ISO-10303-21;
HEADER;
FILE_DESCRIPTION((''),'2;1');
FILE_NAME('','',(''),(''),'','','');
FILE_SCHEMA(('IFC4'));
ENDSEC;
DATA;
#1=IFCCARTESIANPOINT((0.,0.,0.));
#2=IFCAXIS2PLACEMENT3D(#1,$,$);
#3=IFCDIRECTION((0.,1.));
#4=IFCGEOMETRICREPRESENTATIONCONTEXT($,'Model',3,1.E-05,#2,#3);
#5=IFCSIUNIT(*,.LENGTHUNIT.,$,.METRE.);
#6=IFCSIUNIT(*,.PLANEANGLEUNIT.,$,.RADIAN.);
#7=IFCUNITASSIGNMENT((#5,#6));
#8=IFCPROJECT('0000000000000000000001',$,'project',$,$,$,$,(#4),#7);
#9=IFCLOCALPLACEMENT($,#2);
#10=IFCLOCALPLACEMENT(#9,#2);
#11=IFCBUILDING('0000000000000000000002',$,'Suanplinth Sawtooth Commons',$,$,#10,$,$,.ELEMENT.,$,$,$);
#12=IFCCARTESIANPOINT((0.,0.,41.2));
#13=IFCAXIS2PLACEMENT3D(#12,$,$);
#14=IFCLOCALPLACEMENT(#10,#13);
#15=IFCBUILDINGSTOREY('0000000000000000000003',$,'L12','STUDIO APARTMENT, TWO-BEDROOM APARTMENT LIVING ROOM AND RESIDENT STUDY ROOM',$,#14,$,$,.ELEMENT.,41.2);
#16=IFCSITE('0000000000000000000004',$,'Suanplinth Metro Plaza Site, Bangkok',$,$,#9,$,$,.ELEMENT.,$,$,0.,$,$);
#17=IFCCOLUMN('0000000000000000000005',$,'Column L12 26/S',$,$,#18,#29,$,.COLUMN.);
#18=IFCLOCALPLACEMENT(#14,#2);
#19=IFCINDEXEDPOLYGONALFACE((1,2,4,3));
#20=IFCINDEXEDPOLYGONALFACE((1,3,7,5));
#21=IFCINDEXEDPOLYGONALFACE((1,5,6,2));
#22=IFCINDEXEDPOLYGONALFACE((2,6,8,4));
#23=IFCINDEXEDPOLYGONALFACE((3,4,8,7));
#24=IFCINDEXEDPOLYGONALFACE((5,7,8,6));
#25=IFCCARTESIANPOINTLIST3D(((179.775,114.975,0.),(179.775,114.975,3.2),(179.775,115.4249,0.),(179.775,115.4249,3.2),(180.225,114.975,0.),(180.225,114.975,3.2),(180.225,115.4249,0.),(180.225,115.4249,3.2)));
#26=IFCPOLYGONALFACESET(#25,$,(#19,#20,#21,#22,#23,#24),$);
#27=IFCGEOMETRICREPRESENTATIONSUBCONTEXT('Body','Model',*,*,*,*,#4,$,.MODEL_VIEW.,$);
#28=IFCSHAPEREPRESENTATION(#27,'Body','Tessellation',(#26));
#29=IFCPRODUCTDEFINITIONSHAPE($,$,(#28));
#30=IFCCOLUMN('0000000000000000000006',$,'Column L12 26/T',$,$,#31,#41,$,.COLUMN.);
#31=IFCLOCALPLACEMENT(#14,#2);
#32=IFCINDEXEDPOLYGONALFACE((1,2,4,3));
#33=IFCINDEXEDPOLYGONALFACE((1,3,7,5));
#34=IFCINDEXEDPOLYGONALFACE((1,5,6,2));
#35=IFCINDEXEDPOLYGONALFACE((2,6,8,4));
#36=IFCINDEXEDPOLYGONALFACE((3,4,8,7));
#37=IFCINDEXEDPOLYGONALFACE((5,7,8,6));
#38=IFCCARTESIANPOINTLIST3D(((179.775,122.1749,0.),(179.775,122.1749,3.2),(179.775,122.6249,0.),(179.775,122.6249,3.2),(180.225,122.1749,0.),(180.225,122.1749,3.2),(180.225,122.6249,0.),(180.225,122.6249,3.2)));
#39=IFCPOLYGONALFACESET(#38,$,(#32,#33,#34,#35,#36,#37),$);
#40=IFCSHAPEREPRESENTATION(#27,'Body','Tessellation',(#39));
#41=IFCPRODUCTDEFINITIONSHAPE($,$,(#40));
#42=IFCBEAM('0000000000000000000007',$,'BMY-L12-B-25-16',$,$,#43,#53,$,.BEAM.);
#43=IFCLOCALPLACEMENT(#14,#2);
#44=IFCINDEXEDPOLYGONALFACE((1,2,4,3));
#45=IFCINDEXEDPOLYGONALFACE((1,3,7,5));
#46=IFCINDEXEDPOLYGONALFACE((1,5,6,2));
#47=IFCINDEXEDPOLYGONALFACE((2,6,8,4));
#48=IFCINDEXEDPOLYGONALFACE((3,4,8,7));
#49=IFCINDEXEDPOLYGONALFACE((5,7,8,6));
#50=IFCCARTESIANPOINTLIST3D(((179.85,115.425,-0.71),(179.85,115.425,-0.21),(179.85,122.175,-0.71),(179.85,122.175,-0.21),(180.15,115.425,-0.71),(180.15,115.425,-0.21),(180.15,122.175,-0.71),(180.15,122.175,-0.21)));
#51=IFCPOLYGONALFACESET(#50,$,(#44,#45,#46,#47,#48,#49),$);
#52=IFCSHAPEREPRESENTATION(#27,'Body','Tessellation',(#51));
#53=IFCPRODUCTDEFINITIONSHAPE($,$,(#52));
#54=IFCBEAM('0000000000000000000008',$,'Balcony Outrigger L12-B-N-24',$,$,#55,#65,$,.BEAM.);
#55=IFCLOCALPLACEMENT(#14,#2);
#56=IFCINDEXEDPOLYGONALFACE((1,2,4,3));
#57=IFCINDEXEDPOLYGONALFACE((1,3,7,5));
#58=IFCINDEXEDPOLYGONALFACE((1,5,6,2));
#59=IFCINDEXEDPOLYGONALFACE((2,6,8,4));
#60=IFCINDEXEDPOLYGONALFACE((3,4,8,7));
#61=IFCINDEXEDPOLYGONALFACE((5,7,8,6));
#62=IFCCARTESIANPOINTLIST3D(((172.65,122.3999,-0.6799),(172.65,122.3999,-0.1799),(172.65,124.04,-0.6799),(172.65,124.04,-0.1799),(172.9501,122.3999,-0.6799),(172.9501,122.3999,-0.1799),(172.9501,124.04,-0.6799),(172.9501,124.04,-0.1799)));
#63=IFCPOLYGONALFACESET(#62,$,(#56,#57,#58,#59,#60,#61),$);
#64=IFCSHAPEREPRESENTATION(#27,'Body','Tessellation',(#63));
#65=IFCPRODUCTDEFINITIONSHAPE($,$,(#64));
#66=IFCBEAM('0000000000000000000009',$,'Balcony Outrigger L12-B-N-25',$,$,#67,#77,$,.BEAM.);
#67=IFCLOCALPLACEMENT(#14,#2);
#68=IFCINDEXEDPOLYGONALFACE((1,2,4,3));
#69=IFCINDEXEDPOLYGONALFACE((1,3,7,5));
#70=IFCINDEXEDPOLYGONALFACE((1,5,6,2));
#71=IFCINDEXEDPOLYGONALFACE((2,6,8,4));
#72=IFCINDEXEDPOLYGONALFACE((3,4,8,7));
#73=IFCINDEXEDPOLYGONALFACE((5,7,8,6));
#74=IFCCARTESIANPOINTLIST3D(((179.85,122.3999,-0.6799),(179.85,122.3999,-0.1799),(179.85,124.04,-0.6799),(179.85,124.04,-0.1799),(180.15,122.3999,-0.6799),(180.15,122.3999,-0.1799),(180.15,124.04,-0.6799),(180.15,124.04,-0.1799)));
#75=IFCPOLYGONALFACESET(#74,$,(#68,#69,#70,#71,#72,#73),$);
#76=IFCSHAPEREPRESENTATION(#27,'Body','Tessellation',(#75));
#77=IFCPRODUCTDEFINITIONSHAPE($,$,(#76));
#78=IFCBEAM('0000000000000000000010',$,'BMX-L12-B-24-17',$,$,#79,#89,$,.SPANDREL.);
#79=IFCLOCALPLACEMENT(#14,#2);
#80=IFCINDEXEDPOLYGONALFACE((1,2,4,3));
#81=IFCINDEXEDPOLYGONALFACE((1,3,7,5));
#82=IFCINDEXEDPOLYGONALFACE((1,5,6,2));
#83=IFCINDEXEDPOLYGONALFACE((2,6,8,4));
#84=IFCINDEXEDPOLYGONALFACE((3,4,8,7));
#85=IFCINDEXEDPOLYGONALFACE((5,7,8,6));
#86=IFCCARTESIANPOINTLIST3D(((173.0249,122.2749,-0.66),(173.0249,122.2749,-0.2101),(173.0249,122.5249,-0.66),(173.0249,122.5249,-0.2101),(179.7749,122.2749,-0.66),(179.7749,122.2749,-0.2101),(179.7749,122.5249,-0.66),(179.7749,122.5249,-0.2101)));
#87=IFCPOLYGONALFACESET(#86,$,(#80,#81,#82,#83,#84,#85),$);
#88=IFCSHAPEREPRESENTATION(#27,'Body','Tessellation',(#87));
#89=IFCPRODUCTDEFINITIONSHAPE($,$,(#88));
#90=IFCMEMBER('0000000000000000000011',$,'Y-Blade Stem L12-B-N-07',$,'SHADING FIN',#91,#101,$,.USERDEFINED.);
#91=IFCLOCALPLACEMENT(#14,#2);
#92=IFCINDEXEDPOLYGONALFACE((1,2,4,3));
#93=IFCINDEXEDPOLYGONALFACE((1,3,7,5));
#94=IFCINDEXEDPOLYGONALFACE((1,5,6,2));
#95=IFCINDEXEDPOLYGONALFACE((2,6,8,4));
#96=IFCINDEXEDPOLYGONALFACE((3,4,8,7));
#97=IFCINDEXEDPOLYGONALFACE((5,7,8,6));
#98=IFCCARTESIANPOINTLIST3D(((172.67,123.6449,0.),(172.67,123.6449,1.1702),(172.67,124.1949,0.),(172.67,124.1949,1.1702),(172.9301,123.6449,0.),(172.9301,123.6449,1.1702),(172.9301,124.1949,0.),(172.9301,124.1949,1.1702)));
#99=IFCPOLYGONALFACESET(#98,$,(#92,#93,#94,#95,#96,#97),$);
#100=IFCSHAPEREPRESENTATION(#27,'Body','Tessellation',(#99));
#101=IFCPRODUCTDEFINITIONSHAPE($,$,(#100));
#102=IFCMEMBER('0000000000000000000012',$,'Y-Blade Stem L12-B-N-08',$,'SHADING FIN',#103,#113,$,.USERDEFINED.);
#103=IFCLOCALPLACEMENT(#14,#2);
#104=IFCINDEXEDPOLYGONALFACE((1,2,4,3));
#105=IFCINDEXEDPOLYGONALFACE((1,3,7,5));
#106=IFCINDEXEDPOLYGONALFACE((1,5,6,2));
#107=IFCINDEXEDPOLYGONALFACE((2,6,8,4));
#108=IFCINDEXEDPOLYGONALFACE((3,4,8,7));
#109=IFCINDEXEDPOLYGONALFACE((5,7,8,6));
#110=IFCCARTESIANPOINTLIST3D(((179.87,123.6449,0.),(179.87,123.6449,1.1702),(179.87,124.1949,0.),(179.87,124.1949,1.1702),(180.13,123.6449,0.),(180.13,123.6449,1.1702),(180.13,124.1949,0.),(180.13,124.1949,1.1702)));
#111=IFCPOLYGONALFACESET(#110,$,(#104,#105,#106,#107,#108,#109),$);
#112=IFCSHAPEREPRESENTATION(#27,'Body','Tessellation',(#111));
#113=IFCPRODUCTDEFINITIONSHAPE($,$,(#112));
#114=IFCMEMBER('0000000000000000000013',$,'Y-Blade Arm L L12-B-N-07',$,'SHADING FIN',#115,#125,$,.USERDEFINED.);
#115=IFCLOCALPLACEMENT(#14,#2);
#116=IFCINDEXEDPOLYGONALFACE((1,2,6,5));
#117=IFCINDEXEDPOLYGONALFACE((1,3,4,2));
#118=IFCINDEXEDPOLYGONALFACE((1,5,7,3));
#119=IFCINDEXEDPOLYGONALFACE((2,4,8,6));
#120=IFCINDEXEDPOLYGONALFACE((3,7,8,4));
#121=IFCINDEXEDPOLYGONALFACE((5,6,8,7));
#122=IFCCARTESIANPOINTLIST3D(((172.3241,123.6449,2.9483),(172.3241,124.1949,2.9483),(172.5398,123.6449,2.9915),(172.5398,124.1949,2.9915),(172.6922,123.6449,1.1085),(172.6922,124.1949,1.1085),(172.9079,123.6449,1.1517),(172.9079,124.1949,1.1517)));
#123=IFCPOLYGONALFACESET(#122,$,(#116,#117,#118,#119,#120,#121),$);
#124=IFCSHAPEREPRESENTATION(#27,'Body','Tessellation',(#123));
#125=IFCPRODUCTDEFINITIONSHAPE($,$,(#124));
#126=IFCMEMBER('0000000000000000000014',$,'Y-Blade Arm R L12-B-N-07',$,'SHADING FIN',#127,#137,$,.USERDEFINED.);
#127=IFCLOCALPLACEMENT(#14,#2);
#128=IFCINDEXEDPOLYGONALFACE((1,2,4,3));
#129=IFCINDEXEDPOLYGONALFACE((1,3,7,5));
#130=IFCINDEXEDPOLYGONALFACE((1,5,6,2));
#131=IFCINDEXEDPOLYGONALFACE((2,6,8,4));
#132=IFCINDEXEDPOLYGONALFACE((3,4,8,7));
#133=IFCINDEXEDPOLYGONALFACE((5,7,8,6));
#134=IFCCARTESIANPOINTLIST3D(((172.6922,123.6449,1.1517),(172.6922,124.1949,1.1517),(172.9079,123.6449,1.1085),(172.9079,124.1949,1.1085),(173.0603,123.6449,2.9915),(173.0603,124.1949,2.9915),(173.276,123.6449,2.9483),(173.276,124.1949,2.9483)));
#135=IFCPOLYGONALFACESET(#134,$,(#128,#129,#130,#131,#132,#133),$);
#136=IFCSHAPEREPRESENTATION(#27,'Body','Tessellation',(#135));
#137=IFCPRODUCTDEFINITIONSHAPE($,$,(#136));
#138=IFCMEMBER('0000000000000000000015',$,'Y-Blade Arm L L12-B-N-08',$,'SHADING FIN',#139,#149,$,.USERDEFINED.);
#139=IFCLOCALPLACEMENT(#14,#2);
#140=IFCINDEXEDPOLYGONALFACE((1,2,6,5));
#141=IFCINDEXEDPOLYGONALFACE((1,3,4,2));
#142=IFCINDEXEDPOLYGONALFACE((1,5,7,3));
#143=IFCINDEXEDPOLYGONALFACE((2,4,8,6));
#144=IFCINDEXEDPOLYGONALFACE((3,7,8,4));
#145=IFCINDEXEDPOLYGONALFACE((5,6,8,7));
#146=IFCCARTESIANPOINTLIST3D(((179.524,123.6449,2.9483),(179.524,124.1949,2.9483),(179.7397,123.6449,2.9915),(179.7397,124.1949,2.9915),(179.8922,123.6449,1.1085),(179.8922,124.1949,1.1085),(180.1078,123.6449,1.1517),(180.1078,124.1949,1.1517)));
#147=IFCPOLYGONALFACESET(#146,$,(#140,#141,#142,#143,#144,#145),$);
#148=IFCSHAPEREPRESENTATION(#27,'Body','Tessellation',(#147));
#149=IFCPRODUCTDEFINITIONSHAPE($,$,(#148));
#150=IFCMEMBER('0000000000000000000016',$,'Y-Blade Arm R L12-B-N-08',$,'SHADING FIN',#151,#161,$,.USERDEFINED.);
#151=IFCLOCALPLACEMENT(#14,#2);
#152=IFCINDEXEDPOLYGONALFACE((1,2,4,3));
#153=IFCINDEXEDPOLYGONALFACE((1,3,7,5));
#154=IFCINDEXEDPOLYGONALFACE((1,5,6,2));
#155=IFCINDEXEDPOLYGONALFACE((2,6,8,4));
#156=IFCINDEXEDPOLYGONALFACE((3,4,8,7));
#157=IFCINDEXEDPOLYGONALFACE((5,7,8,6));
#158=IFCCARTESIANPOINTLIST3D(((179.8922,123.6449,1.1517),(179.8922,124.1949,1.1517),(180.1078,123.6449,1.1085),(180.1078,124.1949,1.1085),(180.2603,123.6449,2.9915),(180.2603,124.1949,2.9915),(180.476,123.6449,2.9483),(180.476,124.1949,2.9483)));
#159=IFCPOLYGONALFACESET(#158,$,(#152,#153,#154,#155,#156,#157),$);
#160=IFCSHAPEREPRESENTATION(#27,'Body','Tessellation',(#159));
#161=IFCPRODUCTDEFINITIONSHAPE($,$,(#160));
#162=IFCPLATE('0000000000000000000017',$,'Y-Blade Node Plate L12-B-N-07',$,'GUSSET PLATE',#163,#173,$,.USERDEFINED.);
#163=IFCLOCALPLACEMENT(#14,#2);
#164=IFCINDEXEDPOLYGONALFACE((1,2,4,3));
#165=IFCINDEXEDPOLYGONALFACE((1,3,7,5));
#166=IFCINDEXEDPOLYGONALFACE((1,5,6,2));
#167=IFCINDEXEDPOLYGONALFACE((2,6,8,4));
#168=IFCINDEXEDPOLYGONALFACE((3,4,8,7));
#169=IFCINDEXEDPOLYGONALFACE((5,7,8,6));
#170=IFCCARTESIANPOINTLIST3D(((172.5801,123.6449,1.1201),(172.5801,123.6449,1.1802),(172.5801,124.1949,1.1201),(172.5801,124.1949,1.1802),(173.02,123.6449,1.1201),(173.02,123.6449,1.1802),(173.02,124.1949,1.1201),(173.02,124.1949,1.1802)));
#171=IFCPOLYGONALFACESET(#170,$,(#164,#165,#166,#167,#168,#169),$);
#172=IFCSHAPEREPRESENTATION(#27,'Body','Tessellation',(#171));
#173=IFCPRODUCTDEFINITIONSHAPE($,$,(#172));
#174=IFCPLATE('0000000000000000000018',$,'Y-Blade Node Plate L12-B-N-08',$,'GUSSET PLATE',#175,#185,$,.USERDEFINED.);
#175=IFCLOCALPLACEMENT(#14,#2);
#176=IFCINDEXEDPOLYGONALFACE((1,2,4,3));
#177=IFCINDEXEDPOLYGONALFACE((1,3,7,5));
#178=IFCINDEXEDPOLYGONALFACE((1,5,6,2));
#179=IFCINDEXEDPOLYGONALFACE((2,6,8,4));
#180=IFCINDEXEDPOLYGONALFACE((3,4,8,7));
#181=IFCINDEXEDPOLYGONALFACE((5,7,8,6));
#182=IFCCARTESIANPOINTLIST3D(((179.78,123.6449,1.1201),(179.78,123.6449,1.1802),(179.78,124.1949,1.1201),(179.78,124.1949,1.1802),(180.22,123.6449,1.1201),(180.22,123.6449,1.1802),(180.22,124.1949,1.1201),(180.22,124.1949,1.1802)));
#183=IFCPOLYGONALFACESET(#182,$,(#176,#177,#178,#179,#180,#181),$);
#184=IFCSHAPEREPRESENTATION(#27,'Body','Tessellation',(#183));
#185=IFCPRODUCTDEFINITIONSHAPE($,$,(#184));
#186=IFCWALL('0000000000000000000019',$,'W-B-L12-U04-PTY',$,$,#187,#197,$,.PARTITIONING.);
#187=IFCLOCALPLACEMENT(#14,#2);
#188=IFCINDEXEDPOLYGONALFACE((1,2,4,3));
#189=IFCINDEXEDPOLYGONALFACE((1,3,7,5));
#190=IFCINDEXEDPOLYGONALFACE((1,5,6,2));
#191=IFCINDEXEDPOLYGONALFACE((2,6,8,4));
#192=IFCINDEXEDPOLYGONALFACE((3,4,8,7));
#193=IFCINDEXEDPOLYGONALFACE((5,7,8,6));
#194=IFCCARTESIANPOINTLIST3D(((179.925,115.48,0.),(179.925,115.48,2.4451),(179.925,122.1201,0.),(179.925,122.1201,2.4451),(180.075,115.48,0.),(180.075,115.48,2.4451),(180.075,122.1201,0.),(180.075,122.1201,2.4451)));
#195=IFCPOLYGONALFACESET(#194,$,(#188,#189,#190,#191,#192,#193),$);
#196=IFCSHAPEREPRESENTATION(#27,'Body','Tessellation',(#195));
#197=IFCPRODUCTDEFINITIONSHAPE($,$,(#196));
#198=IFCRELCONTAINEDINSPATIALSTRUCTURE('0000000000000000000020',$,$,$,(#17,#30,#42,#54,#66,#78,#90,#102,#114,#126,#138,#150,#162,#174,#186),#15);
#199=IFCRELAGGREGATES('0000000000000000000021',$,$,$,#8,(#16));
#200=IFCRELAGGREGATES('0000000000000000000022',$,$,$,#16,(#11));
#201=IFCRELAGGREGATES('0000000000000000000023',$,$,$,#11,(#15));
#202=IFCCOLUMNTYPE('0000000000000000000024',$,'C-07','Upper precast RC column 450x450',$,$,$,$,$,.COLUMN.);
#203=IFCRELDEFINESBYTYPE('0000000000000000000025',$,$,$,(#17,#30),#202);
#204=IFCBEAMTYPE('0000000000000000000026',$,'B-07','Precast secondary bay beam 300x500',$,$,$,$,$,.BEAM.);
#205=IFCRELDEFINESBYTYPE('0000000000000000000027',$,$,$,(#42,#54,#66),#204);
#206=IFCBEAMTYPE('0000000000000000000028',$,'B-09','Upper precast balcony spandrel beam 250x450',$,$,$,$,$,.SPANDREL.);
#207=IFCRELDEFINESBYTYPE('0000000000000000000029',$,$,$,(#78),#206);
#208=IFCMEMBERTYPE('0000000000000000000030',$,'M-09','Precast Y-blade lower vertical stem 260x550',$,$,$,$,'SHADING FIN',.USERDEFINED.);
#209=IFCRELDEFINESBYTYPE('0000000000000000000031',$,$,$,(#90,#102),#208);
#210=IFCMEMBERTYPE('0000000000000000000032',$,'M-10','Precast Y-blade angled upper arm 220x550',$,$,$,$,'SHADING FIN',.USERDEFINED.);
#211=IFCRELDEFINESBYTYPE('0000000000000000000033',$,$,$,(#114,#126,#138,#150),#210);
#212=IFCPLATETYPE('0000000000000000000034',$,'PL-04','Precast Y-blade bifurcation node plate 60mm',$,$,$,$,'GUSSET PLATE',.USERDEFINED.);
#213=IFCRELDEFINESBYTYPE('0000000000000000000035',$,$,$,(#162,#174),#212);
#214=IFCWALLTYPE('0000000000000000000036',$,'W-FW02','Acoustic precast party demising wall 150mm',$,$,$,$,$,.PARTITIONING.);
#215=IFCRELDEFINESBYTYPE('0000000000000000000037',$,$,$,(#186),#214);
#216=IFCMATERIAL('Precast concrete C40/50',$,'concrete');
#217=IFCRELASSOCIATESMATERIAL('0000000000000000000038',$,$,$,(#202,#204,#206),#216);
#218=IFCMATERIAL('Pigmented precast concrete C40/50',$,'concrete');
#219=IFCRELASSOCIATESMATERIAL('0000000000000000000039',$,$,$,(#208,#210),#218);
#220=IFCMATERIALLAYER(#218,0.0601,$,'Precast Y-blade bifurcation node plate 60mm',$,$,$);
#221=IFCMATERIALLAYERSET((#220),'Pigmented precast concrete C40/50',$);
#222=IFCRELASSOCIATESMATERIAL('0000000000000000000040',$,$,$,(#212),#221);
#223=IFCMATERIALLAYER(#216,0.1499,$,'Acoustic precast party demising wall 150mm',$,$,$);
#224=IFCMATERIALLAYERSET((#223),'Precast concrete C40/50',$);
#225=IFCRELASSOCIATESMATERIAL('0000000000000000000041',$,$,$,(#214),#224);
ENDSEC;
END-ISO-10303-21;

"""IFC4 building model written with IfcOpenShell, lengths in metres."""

from ifc_helpers import new_model, si_unit, direction, frame, frame_2d, origin, origin_2d, place, context, subcontext, project, spatial, rectangle, extrude, material, layer, layer_set, material_profile, profile_set, type_object, element, save


model = new_model("IFC4")

# Units and contexts
model_context = context("Model", 3, precision=1e-05, world=origin(), true_north=direction((0.0, 1.0)))
body_context = subcontext(model_context, "Body", "Model", "MODEL_VIEW")
ifc_project = project(units=[si_unit("LENGTHUNIT", "METRE"), si_unit("PLANEANGLEUNIT", "RADIAN")], contexts=[model_context])

# Site, building, storey
site_placement = place(None, origin())
site = spatial("IfcSite", under=ifc_project, at=site_placement, Name="Suanplinth Metro Plaza Site, Bangkok", CompositionType="ELEMENT", RefElevation=0.0)
building_placement = place(site_placement, origin())
building = spatial("IfcBuilding", under=site, at=building_placement, Name="Suanplinth Sawtooth Commons", CompositionType="ELEMENT")
storey_placement = place(building_placement, frame((0.0, 0.0, 41.2)))
storey = spatial("IfcBuildingStorey", under=building, at=storey_placement, Name="L12", Description="STUDIO APARTMENT, TWO-BEDROOM APARTMENT LIVING ROOM AND RESIDENT STUDY ROOM", CompositionType="ELEMENT", Elevation=41.2)

# Columns
ifc_material_1 = material(Name="Precast concrete C40/50", Category="concrete")
ifc_material_profile_1 = material_profile(ifc_material_1, rectangle(XDim=0.45, YDim=0.45, at=origin_2d()), Name="PC-COL 450x450")
ifc_profile_set_1 = profile_set([ifc_material_profile_1], Name="Precast concrete C40/50")
column_type = type_object("IfcColumnType", Name="C-07", Description="Upper precast RC column 450x450", PredefinedType="COLUMN", material=ifc_profile_set_1)
for number, where, z_axis, x_axis, name in (
    (1, (180.0, 115.2, 0.0), (0.0, 0.0, 1.0), (1.0, 0.0, 0.0), "Column L12 26/S"),
    (2, (180.0, 122.3999, 0.0), (0.0, 0.0, 1.0), (1.0, 0.0, 0.0), "Column L12 26/T"),
):
    element("IfcColumn", number, at=place(storey_placement, frame(where, z_axis=z_axis, x_axis=x_axis)), inside=storey, type_object=column_type, Name=name, PredefinedType="COLUMN", context=body_context, shape_type="SweptSolid", body=[
        extrude(rectangle(XDim=0.45, YDim=0.45, at=origin_2d()), origin(), (0.0, 0.0, 1.0), 3.2),
    ])

# Beams
ifc_material_profile_2 = material_profile(ifc_material_1, rectangle(XDim=0.3, YDim=0.5, at=origin_2d()), Name="PC-BM 300x500")
ifc_profile_set_2 = profile_set([ifc_material_profile_2], Name="Precast concrete C40/50")
beam_type_1 = type_object("IfcBeamType", Name="B-07", Description="Precast secondary bay beam 300x500", PredefinedType="BEAM", material=ifc_profile_set_2)
beam_1_placement = place(storey_placement, frame((180.0, 115.425, -0.46), z_axis=(0.0, 1.0, 0.0), x_axis=(-1.0, 0.0, 0.0)))
element("IfcBeam", 3, at=beam_1_placement, inside=storey, type_object=beam_type_1, Name="BMY-L12-B-25-16", PredefinedType="BEAM", context=body_context, shape_type="SweptSolid", body=[
    extrude(rectangle(XDim=0.3, YDim=0.5, at=origin_2d()), origin(), (0.0, 0.0, 1.0), 6.75),
])
for number, where, z_axis, x_axis, name in (
    (4, (172.8, 122.3999, -0.4299), (0.0, 1.0, 0.0), (-1.0, 0.0, 0.0), "Balcony Outrigger L12-B-N-24"),
    (5, (180.0, 122.3999, -0.4299), (0.0, 1.0, 0.0), (-1.0, 0.0, 0.0), "Balcony Outrigger L12-B-N-25"),
):
    element("IfcBeam", number, at=place(storey_placement, frame(where, z_axis=z_axis, x_axis=x_axis)), inside=storey, type_object=beam_type_1, Name=name, PredefinedType="BEAM", context=body_context, shape_type="SweptSolid", body=[
        extrude(rectangle(XDim=0.3, YDim=0.5, at=origin_2d()), origin(), (0.0, 0.0, 1.0), 1.6401),
    ])
ifc_material_profile_3 = material_profile(ifc_material_1, rectangle(XDim=0.25, YDim=0.45, at=origin_2d()), Name="PC-SP 250x450")
ifc_profile_set_3 = profile_set([ifc_material_profile_3], Name="Precast concrete C40/50")
beam_type_2 = type_object("IfcBeamType", Name="B-09", Description="Upper precast balcony spandrel beam 250x450", PredefinedType="SPANDREL", material=ifc_profile_set_3)
beam_2_placement = place(storey_placement, frame((173.0249, 122.3999, -0.4351), z_axis=(1.0, 0.0, 0.0), x_axis=(0.0, 1.0, 0.0)))
element("IfcBeam", 6, at=beam_2_placement, inside=storey, type_object=beam_type_2, Name="BMX-L12-B-24-17", PredefinedType="SPANDREL", context=body_context, shape_type="SweptSolid", body=[
    extrude(rectangle(XDim=0.25, YDim=0.45, at=origin_2d()), origin(), (0.0, 0.0, 1.0), 6.75),
])

# Members
ifc_material_2 = material(Name="Pigmented precast concrete C40/50", Category="concrete")
ifc_material_profile_4 = material_profile(ifc_material_2, rectangle(XDim=0.26, YDim=0.55, at=origin_2d()), Name="PC-FIN 260x550")
ifc_profile_set_4 = profile_set([ifc_material_profile_4], Name="Pigmented precast concrete C40/50")
member_type_1 = type_object("IfcMemberType", Name="M-09", Description="Precast Y-blade lower vertical stem 260x550", ElementType="SHADING FIN", PredefinedType="USERDEFINED", material=ifc_profile_set_4)
for number, where, z_axis, x_axis, name in (
    (7, (172.8, 123.9199, 0.0), (0.0, 0.0, 1.0), (1.0, 0.0, 0.0), "Y-Blade Stem L12-B-N-07"),
    (8, (180.0, 123.9199, 0.0), (0.0, 0.0, 1.0), (1.0, 0.0, 0.0), "Y-Blade Stem L12-B-N-08"),
):
    element("IfcMember", number, at=place(storey_placement, frame(where, z_axis=z_axis, x_axis=x_axis)), inside=storey, type_object=member_type_1, Name=name, ObjectType="SHADING FIN", PredefinedType="USERDEFINED", context=body_context, shape_type="SweptSolid", body=[
        extrude(rectangle(XDim=0.26, YDim=0.55, at=origin_2d()), origin(), (0.0, 0.0, 1.0), 1.1702),
    ])
ifc_material_profile_5 = material_profile(ifc_material_2, rectangle(XDim=0.22, YDim=0.55, at=origin_2d()), Name="PC-FIN 220x550")
ifc_profile_set_5 = profile_set([ifc_material_profile_5], Name="Pigmented precast concrete C40/50")
member_type_2 = type_object("IfcMemberType", Name="M-10", Description="Precast Y-blade angled upper arm 220x550", ElementType="SHADING FIN", PredefinedType="USERDEFINED", material=ifc_profile_set_5)
for number, where, z_axis, x_axis, name in (
    (9, (172.8, 123.9199, 1.1301), (-0.196216, 0.0, 0.980561), (0.980561, 0.0, 0.196216), "Y-Blade Arm L L12-B-N-07"),
    (10, (172.8, 123.9199, 1.1301), (0.196216, 0.0, 0.980561), (-0.980561, 0.0, 0.196216), "Y-Blade Arm R L12-B-N-07"),
    (11, (180.0, 123.9199, 1.1301), (-0.196216, 0.0, 0.980561), (0.980561, 0.0, 0.196216), "Y-Blade Arm L L12-B-N-08"),
    (12, (180.0, 123.9199, 1.1301), (0.196216, 0.0, 0.980561), (-0.980561, 0.0, 0.196216), "Y-Blade Arm R L12-B-N-08"),
):
    element("IfcMember", number, at=place(storey_placement, frame(where, z_axis=z_axis, x_axis=x_axis)), inside=storey, type_object=member_type_2, Name=name, ObjectType="SHADING FIN", PredefinedType="USERDEFINED", context=body_context, shape_type="SweptSolid", body=[
        extrude(rectangle(XDim=0.22, YDim=0.55, at=origin_2d()), origin(), (0.0, 0.0, 1.0), 1.8762),
    ])

# Plates
ifc_layer_1 = layer(ifc_material_2, 0.0601, Name="Precast Y-blade bifurcation node plate 60mm")
ifc_layer_set_1 = layer_set([ifc_layer_1], Name="Pigmented precast concrete C40/50")
plate_type = type_object("IfcPlateType", Name="PL-04", Description="Precast Y-blade bifurcation node plate 60mm", ElementType="GUSSET PLATE", PredefinedType="USERDEFINED", material=ifc_layer_set_1)
for number, where, z_axis, x_axis, name in (
    (13, (172.8, 123.9199, 1.1201), (0.0, 0.0, 1.0), (1.0, 0.0, 0.0), "Y-Blade Node Plate L12-B-N-07"),
    (14, (180.0, 123.9199, 1.1201), (0.0, 0.0, 1.0), (1.0, 0.0, 0.0), "Y-Blade Node Plate L12-B-N-08"),
):
    element("IfcPlate", number, at=place(storey_placement, frame(where, z_axis=z_axis, x_axis=x_axis)), inside=storey, type_object=plate_type, Name=name, ObjectType="GUSSET PLATE", PredefinedType="USERDEFINED", context=body_context, shape_type="SweptSolid", body=[
        extrude(rectangle(XDim=0.4399, YDim=0.55, at=origin_2d()), origin(), (0.0, 0.0, 1.0), 0.0601),
    ])

# Wall
ifc_layer_2 = layer(ifc_material_1, 0.1499, Name="Acoustic precast party demising wall 150mm")
ifc_layer_set_2 = layer_set([ifc_layer_2], Name="Precast concrete C40/50")
wall_type_1 = type_object("IfcWallType", Name="W-FW02", Description="Acoustic precast party demising wall 150mm", PredefinedType="PARTITIONING", material=ifc_layer_set_2)
wall_1_placement = place(storey_placement, frame((180.0, 115.48, 0.0), z_axis=(0.0, 0.0, 1.0), x_axis=(0.0, 1.0, 0.0)))
element("IfcWall", 15, at=wall_1_placement, inside=storey, type_object=wall_type_1, Name="W-B-L12-U04-PTY", PredefinedType="PARTITIONING", context=body_context, shape_type="SweptSolid", body=[
    extrude(rectangle(XDim=6.6401, YDim=0.1499, at=frame_2d((3.3201, 0.0))), origin(), (0.0, 0.0, 1.0), 2.4451),
])

save(model, "model.ifc")
